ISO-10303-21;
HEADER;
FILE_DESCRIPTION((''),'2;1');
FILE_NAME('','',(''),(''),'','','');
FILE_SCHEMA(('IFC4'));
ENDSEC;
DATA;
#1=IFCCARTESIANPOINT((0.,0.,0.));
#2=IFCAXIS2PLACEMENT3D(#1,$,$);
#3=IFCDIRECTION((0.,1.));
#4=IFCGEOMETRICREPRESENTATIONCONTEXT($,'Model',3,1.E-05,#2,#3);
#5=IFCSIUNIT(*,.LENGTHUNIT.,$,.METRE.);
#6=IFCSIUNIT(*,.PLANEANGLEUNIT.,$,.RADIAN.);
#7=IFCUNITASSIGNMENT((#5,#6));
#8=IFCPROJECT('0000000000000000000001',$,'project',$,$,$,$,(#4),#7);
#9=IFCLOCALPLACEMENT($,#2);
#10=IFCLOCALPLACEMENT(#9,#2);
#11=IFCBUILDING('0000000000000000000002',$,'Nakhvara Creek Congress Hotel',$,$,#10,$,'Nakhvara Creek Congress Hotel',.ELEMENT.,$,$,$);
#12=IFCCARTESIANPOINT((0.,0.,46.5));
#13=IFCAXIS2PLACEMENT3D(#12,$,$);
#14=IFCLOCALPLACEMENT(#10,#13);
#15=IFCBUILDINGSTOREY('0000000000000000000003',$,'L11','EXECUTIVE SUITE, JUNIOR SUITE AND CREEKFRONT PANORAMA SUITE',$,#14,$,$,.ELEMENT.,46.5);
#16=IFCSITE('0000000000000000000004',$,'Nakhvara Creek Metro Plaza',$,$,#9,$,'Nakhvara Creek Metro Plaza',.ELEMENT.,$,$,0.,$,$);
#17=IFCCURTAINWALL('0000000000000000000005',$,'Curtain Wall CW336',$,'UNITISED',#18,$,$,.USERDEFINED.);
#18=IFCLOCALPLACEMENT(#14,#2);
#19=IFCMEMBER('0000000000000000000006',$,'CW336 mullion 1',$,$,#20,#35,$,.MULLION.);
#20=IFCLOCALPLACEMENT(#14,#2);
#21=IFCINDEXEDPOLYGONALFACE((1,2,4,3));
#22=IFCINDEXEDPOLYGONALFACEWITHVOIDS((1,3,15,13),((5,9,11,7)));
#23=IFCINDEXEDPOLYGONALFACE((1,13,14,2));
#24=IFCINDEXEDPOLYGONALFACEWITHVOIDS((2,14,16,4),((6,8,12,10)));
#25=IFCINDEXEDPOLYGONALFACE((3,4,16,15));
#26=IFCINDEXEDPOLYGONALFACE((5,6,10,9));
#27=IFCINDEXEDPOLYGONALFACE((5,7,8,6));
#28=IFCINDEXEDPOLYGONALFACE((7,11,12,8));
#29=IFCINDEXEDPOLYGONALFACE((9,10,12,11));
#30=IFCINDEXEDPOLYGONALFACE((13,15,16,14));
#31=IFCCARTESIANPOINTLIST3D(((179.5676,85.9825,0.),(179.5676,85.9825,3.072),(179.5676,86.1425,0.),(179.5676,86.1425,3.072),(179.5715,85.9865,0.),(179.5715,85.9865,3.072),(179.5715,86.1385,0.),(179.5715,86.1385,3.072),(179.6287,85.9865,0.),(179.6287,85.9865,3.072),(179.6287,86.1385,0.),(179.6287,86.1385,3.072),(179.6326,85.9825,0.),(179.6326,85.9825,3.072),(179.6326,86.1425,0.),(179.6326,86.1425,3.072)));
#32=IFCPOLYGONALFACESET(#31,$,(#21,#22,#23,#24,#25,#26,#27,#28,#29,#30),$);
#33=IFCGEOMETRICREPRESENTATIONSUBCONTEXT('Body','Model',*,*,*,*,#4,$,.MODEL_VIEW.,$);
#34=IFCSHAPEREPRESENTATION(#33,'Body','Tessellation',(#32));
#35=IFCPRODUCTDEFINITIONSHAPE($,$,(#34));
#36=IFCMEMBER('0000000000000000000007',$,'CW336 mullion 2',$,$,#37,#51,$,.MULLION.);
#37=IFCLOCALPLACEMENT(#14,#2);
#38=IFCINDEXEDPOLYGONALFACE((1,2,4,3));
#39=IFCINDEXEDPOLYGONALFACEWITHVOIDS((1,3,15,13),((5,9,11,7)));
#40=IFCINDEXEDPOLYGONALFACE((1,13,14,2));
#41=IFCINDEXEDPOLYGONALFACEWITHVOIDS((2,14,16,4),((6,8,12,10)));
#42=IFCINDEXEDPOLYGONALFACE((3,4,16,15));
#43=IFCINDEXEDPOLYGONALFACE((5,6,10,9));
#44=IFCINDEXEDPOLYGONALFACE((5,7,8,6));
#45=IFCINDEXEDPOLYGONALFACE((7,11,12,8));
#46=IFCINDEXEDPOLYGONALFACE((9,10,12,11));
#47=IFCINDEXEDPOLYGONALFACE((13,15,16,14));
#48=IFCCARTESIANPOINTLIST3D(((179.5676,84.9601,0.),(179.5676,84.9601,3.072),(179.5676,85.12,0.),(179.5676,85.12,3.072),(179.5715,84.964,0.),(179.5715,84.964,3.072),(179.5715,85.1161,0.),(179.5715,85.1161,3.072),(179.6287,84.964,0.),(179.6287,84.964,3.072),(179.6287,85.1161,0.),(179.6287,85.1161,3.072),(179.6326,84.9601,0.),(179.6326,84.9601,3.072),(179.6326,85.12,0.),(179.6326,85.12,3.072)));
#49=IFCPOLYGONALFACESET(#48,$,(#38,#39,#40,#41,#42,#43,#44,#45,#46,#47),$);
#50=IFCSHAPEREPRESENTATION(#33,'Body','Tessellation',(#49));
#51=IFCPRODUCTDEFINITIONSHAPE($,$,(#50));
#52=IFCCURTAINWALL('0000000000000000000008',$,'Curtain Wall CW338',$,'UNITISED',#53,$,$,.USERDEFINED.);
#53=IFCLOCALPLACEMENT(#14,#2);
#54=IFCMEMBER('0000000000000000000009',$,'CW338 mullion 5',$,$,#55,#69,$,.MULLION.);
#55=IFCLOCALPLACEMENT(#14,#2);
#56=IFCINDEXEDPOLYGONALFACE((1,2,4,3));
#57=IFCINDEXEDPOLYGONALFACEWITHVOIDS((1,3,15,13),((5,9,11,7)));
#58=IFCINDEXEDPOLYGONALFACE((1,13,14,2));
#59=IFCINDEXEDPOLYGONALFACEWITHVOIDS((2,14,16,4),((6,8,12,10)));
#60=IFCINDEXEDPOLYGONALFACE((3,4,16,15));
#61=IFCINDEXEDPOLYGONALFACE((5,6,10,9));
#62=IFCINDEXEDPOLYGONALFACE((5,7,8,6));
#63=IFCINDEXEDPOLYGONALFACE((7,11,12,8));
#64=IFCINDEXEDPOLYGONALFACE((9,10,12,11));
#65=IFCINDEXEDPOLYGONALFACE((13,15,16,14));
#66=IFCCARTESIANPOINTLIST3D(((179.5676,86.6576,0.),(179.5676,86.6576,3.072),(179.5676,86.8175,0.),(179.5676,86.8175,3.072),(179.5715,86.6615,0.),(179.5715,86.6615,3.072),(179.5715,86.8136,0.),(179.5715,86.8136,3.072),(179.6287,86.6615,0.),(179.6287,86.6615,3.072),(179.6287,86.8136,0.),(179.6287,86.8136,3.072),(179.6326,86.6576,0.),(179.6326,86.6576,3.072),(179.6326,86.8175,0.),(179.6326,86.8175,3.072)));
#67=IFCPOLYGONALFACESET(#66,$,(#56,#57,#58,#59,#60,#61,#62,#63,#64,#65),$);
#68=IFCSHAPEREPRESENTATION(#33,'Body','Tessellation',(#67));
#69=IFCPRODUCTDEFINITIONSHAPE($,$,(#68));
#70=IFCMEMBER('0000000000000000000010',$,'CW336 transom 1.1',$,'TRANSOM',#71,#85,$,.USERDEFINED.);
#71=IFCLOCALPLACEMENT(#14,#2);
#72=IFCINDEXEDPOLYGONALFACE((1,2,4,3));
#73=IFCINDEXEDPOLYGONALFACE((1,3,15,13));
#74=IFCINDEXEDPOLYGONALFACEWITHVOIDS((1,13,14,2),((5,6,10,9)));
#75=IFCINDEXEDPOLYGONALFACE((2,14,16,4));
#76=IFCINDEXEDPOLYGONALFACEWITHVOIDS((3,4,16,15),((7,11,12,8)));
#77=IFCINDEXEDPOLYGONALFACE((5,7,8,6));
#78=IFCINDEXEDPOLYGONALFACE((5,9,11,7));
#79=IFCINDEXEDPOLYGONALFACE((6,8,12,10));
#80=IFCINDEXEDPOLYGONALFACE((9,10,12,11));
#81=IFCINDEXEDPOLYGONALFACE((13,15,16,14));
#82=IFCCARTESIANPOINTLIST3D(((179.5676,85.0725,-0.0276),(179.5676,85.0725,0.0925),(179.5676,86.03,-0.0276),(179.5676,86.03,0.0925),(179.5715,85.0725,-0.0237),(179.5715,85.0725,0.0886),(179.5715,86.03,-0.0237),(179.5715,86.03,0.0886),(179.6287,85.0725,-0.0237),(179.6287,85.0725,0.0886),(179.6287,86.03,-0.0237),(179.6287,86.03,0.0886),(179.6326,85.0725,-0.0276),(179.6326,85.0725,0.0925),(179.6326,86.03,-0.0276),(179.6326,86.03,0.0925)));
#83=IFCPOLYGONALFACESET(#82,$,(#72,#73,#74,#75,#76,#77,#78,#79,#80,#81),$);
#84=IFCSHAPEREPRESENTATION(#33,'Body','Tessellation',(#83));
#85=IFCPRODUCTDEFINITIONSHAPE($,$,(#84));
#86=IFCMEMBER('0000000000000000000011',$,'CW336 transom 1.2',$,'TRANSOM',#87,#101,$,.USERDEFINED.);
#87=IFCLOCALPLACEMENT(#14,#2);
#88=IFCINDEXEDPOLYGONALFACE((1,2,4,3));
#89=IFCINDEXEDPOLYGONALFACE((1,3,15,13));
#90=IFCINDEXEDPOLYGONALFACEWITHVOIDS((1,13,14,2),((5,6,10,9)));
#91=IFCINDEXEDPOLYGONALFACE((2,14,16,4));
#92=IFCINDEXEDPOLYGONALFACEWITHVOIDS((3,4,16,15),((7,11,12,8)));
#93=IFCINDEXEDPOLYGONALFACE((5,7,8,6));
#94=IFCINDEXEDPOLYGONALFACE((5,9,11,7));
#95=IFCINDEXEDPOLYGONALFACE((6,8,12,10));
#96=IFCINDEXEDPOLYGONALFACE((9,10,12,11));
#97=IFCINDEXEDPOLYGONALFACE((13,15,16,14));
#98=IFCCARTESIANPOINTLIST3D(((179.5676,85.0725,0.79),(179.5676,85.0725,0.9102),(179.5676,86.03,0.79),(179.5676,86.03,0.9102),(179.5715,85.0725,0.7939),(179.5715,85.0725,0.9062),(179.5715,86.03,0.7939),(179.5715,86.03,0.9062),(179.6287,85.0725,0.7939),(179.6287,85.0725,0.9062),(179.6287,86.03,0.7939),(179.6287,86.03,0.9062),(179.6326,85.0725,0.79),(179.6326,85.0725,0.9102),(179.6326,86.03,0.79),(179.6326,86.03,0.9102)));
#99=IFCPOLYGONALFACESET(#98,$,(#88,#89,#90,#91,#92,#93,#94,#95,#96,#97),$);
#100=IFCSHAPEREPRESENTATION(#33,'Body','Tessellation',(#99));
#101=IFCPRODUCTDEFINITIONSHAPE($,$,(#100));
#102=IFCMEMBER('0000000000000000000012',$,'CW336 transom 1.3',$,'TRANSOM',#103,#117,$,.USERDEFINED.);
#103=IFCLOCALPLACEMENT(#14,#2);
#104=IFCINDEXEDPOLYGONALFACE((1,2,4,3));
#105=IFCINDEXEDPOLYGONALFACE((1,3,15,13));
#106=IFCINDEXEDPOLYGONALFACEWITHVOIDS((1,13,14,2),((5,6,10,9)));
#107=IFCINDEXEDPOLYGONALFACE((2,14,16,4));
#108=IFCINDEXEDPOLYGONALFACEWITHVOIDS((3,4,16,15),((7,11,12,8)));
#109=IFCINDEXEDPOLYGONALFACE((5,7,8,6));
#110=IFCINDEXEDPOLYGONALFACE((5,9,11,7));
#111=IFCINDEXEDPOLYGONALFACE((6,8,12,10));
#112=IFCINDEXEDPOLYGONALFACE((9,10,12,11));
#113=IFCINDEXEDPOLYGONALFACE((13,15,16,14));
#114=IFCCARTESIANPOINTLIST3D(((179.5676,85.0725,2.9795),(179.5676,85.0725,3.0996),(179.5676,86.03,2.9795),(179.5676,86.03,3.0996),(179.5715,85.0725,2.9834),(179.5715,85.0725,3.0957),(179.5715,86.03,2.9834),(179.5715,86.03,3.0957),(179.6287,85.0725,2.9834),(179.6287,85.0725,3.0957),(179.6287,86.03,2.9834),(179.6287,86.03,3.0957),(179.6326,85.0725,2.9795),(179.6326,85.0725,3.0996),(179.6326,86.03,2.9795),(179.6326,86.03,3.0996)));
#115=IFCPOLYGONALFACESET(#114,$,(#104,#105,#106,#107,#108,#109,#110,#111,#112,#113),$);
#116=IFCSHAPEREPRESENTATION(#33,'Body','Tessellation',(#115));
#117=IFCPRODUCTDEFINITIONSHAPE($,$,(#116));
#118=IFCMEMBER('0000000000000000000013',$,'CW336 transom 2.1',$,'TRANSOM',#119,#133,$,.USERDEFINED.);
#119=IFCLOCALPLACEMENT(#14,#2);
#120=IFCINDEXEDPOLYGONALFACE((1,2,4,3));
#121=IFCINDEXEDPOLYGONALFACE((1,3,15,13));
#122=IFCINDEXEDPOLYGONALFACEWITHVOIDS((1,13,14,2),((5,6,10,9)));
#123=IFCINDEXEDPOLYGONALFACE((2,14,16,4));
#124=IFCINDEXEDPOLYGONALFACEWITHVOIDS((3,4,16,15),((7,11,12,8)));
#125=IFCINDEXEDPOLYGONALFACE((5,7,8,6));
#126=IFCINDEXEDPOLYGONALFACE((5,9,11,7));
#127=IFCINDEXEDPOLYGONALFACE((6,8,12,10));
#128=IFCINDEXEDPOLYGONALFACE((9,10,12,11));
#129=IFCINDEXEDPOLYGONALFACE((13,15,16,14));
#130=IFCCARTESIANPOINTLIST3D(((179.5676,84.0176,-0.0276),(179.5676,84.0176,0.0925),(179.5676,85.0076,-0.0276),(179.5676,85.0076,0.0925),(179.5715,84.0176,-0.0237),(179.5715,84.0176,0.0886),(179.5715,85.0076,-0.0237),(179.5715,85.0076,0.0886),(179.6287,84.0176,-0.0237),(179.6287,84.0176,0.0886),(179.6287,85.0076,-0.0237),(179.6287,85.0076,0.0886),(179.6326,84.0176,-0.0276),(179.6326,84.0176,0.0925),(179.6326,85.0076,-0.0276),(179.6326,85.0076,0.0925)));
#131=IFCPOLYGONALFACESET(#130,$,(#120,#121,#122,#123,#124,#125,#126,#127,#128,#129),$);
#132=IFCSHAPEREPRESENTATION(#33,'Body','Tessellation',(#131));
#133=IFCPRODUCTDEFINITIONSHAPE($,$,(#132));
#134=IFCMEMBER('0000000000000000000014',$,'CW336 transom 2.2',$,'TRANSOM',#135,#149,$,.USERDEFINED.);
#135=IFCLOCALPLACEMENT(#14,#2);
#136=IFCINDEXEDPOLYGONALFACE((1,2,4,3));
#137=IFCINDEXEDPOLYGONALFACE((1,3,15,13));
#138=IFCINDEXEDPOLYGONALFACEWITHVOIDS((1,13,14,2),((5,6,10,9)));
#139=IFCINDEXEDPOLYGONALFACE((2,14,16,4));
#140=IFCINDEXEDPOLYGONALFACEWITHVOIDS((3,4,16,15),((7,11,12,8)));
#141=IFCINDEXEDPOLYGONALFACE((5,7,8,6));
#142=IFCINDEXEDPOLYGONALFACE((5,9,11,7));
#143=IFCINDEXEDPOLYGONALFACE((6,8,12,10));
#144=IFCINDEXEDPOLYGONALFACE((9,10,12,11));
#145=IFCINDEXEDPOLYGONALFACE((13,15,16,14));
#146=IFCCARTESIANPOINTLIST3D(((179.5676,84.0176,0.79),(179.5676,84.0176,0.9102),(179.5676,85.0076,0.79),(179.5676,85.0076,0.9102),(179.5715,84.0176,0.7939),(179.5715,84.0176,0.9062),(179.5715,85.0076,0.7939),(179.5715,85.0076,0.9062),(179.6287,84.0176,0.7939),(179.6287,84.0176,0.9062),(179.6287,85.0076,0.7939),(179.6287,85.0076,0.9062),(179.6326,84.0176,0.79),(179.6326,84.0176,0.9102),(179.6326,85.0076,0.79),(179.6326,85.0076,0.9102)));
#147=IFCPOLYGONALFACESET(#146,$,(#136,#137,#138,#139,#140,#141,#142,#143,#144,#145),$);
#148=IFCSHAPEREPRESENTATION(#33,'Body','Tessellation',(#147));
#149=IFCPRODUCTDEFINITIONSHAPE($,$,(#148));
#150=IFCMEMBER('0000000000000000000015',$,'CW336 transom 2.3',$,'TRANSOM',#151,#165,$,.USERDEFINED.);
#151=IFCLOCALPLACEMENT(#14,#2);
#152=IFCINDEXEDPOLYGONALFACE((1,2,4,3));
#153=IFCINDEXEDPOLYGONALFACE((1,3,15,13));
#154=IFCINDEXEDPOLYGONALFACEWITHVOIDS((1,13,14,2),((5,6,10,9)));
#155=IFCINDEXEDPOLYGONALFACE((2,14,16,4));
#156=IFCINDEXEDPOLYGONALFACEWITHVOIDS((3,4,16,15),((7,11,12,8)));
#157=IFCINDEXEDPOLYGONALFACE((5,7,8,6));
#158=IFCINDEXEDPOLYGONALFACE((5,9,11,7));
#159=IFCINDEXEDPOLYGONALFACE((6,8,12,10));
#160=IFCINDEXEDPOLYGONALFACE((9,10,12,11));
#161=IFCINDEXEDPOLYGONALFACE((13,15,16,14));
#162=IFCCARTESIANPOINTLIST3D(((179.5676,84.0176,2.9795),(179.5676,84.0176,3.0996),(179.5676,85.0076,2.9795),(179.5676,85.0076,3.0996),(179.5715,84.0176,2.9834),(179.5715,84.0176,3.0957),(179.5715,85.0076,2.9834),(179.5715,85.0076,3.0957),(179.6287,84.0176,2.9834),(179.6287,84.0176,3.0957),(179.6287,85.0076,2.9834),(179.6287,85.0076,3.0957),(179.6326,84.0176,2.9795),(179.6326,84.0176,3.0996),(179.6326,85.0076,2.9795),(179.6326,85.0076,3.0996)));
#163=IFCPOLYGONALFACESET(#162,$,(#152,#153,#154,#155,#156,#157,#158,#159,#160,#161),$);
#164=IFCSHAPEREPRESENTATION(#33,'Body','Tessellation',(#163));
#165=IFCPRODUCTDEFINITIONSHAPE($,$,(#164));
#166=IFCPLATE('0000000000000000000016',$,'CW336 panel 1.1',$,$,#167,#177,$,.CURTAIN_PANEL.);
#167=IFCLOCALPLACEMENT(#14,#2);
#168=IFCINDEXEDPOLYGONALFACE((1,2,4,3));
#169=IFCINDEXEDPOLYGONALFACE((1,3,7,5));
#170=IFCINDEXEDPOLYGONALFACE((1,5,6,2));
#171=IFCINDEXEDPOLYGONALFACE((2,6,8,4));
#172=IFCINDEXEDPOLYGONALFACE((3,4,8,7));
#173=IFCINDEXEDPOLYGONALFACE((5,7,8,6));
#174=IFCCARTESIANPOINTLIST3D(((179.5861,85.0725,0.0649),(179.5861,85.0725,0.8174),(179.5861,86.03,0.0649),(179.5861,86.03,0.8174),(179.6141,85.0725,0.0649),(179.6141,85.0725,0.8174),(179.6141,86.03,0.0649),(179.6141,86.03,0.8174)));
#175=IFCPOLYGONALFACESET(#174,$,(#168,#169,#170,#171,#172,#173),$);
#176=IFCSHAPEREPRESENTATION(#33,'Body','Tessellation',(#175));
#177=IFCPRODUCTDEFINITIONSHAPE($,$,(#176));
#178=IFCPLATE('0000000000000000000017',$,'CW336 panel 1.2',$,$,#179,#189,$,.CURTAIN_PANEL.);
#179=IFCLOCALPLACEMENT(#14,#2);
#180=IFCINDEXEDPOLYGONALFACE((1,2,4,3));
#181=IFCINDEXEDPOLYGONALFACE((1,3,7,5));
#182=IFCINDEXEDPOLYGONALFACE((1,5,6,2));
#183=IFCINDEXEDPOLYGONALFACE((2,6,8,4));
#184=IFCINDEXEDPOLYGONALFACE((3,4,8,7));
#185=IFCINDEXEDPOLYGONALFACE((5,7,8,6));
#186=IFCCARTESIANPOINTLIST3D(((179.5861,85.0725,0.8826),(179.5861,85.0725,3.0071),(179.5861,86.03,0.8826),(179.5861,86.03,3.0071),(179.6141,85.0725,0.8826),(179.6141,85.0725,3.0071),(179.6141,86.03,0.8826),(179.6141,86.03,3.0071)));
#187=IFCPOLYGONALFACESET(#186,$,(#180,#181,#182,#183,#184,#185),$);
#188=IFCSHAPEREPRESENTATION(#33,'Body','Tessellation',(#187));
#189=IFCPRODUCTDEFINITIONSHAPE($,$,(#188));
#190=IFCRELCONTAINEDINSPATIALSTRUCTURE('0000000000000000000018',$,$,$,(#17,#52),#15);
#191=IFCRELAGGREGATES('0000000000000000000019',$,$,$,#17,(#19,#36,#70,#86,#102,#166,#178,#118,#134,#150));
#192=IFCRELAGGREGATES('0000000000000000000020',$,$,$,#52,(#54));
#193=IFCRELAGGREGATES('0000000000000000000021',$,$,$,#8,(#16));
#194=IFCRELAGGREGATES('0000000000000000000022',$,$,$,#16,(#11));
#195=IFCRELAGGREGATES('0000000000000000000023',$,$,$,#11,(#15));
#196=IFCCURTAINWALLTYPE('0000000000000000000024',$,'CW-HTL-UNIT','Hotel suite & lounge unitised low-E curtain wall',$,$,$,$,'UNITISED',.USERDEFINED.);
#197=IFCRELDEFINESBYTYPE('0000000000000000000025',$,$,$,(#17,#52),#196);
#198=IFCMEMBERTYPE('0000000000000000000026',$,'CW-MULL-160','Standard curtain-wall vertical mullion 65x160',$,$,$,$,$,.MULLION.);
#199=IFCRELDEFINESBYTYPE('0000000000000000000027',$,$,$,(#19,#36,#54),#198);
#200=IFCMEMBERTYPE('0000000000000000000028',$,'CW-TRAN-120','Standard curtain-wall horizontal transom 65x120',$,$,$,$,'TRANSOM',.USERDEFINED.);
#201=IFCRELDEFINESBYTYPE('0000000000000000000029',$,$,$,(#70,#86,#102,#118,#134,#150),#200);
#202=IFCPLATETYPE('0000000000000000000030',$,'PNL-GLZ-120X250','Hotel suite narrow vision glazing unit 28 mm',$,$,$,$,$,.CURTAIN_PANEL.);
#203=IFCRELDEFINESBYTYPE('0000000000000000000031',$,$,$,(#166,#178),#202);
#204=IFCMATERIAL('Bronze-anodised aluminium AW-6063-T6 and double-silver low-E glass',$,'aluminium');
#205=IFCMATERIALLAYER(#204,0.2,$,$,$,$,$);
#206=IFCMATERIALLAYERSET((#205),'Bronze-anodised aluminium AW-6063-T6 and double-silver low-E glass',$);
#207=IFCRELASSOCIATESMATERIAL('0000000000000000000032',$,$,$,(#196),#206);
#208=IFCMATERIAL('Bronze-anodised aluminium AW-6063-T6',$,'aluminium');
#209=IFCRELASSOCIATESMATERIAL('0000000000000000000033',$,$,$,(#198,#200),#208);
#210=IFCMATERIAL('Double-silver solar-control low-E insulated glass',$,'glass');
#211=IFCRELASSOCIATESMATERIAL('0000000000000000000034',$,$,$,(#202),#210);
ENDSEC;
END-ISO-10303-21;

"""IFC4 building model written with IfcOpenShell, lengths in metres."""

from ifc_helpers import new_model, si_unit, direction, frame, origin, origin_2d, place, context, subcontext, project, spatial, rectangle, hollow_rectangle, extrude, material, layer, layer_set, material_profile, profile_set, type_object, element, aggregate, save


model = new_model("IFC4")

# Units and contexts
model_context = context("Model", 3, precision=1e-05, world=origin(), true_north=direction((0.0, 1.0)))
body_context = subcontext(model_context, "Body", "Model", "MODEL_VIEW")
ifc_project = project(units=[si_unit("LENGTHUNIT", "METRE"), si_unit("PLANEANGLEUNIT", "RADIAN")], contexts=[model_context])

# Site, building, storey
site_placement = place(None, origin())
site = spatial("IfcSite", under=ifc_project, at=site_placement, Name="Nakhvara Creek Metro Plaza", LongName="Nakhvara Creek Metro Plaza", CompositionType="ELEMENT", RefElevation=0.0)
building_placement = place(site_placement, origin())
building = spatial("IfcBuilding", under=site, at=building_placement, Name="Nakhvara Creek Congress Hotel", LongName="Nakhvara Creek Congress Hotel", CompositionType="ELEMENT")
storey_placement = place(building_placement, frame((0.0, 0.0, 46.5)))
storey = spatial("IfcBuildingStorey", under=building, at=storey_placement, Name="L11", Description="EXECUTIVE SUITE, JUNIOR SUITE AND CREEKFRONT PANORAMA SUITE", CompositionType="ELEMENT", Elevation=46.5)

# Curtain wall, members
ifc_material_1 = material(Name="Bronze-anodised aluminium AW-6063-T6 and double-silver low-E glass", Category="aluminium")
ifc_layer_1 = layer(ifc_material_1, 0.2)
ifc_layer_set_1 = layer_set([ifc_layer_1], Name="Bronze-anodised aluminium AW-6063-T6 and double-silver low-E glass")
curtain_wall_type = type_object("IfcCurtainWallType", Name="CW-HTL-UNIT", Description="Hotel suite & lounge unitised low-E curtain wall", ElementType="UNITISED", PredefinedType="USERDEFINED", material=ifc_layer_set_1)
curtain_wall_1_placement = place(storey_placement, origin())
curtain_wall_1 = element("IfcCurtainWall", 1, at=curtain_wall_1_placement, inside=storey, type_object=curtain_wall_type, Name="Curtain Wall CW336", ObjectType="UNITISED", PredefinedType="USERDEFINED")
ifc_material_2 = material(Name="Bronze-anodised aluminium AW-6063-T6", Category="aluminium")
ifc_material_profile_1 = material_profile(ifc_material_2, hollow_rectangle(XDim=0.0649, YDim=0.1599, WallThickness=0.0039, at=origin_2d()), Name="ALU-MULL 65x160x4", Category="LoadBearing")
ifc_profile_set_1 = profile_set([ifc_material_profile_1], Name="Bronze-anodised aluminium AW-6063-T6")
member_type_1 = type_object("IfcMemberType", Name="CW-MULL-160", Description="Standard curtain-wall vertical mullion 65x160", PredefinedType="MULLION", material=ifc_profile_set_1)
member_1_placement = place(storey_placement, frame((179.6001, 86.0625, 0.0), z_axis=(0.0, 0.0, 1.0), x_axis=(1.0, 0.0, 0.0)))
member_1 = element("IfcMember", 2, at=member_1_placement, type_object=member_type_1, Name="CW336 mullion 1", PredefinedType="MULLION", context=body_context, shape_type="SweptSolid", body=[
    extrude(hollow_rectangle(XDim=0.0649, YDim=0.1599, WallThickness=0.0039, at=origin_2d()), origin(), (0.0, 0.0, 1.0), 3.072),
])
member_2_placement = place(storey_placement, frame((179.6001, 85.04, 0.0), z_axis=(0.0, 0.0, 1.0), x_axis=(1.0, 0.0, 0.0)))
member_2 = element("IfcMember", 3, at=member_2_placement, type_object=member_type_1, Name="CW336 mullion 2", PredefinedType="MULLION", context=body_context, shape_type="SweptSolid", body=[
    extrude(hollow_rectangle(XDim=0.0649, YDim=0.1599, WallThickness=0.0039, at=origin_2d()), origin(), (0.0, 0.0, 1.0), 3.072),
])

# Curtain wall, member
curtain_wall_2_placement = place(storey_placement, origin())
curtain_wall_2 = element("IfcCurtainWall", 4, at=curtain_wall_2_placement, inside=storey, type_object=curtain_wall_type, Name="Curtain Wall CW338", ObjectType="UNITISED", PredefinedType="USERDEFINED")
member_3_placement = place(storey_placement, frame((179.6001, 86.7375, 0.0), z_axis=(0.0, 0.0, 1.0), x_axis=(1.0, 0.0, 0.0)))
member_3 = element("IfcMember", 5, at=member_3_placement, type_object=member_type_1, Name="CW338 mullion 5", PredefinedType="MULLION", context=body_context, shape_type="SweptSolid", body=[
    extrude(hollow_rectangle(XDim=0.0649, YDim=0.1599, WallThickness=0.0039, at=origin_2d()), origin(), (0.0, 0.0, 1.0), 3.072),
])

# Members
ifc_material_profile_2 = material_profile(ifc_material_2, hollow_rectangle(XDim=0.0649, YDim=0.1201, WallThickness=0.0039, at=origin_2d()), Name="ALU-TRAN 65x120x4", Category="LoadBearing")
ifc_profile_set_2 = profile_set([ifc_material_profile_2], Name="Bronze-anodised aluminium AW-6063-T6")
member_type_2 = type_object("IfcMemberType", Name="CW-TRAN-120", Description="Standard curtain-wall horizontal transom 65x120", ElementType="TRANSOM", PredefinedType="USERDEFINED", material=ifc_profile_set_2)
member_4_placement = place(storey_placement, frame((179.6001, 86.03, 0.0325), z_axis=(0.0, -1.0, 0.0), x_axis=(1.0, 0.0, 0.0)))
member_4 = element("IfcMember", 6, at=member_4_placement, type_object=member_type_2, Name="CW336 transom 1.1", ObjectType="TRANSOM", PredefinedType="USERDEFINED", context=body_context, shape_type="SweptSolid", body=[
    extrude(hollow_rectangle(XDim=0.0649, YDim=0.1201, WallThickness=0.0039, at=origin_2d()), origin(), (0.0, 0.0, 1.0), 0.9575),
])
member_5_placement = place(storey_placement, frame((179.6001, 86.03, 0.8501), z_axis=(0.0, -1.0, 0.0), x_axis=(1.0, 0.0, 0.0)))
member_5 = element("IfcMember", 7, at=member_5_placement, type_object=member_type_2, Name="CW336 transom 1.2", ObjectType="TRANSOM", PredefinedType="USERDEFINED", context=body_context, shape_type="SweptSolid", body=[
    extrude(hollow_rectangle(XDim=0.0649, YDim=0.1201, WallThickness=0.0039, at=origin_2d()), origin(), (0.0, 0.0, 1.0), 0.9575),
])
member_6_placement = place(storey_placement, frame((179.6001, 86.03, 3.0396), z_axis=(0.0, -1.0, 0.0), x_axis=(1.0, 0.0, 0.0)))
member_6 = element("IfcMember", 8, at=member_6_placement, type_object=member_type_2, Name="CW336 transom 1.3", ObjectType="TRANSOM", PredefinedType="USERDEFINED", context=body_context, shape_type="SweptSolid", body=[
    extrude(hollow_rectangle(XDim=0.0649, YDim=0.1201, WallThickness=0.0039, at=origin_2d()), origin(), (0.0, 0.0, 1.0), 0.9575),
])
member_7_placement = place(storey_placement, frame((179.6001, 85.0076, 0.0325), z_axis=(0.0, -1.0, 0.0), x_axis=(1.0, 0.0, 0.0)))
member_7 = element("IfcMember", 9, at=member_7_placement, type_object=member_type_2, Name="CW336 transom 2.1", ObjectType="TRANSOM", PredefinedType="USERDEFINED", context=body_context, shape_type="SweptSolid", body=[
    extrude(hollow_rectangle(XDim=0.0649, YDim=0.1201, WallThickness=0.0039, at=origin_2d()), origin(), (0.0, 0.0, 1.0), 0.99),
])
member_8_placement = place(storey_placement, frame((179.6001, 85.0076, 0.8501), z_axis=(0.0, -1.0, 0.0), x_axis=(1.0, 0.0, 0.0)))
member_8 = element("IfcMember", 10, at=member_8_placement, type_object=member_type_2, Name="CW336 transom 2.2", ObjectType="TRANSOM", PredefinedType="USERDEFINED", context=body_context, shape_type="SweptSolid", body=[
    extrude(hollow_rectangle(XDim=0.0649, YDim=0.1201, WallThickness=0.0039, at=origin_2d()), origin(), (0.0, 0.0, 1.0), 0.99),
])
member_9_placement = place(storey_placement, frame((179.6001, 85.0076, 3.0396), z_axis=(0.0, -1.0, 0.0), x_axis=(1.0, 0.0, 0.0)))
member_9 = element("IfcMember", 11, at=member_9_placement, type_object=member_type_2, Name="CW336 transom 2.3", ObjectType="TRANSOM", PredefinedType="USERDEFINED", context=body_context, shape_type="SweptSolid", body=[
    extrude(hollow_rectangle(XDim=0.0649, YDim=0.1201, WallThickness=0.0039, at=origin_2d()), origin(), (0.0, 0.0, 1.0), 0.99),
])

# Plates
ifc_material_3 = material(Name="Double-silver solar-control low-E insulated glass", Category="glass")
plate_type = type_object("IfcPlateType", Name="PNL-GLZ-120X250", Description="Hotel suite narrow vision glazing unit 28 mm", PredefinedType="CURTAIN_PANEL", material=ifc_material_3)
plate_1_placement = place(storey_placement, frame((179.6001, 85.5513, 0.0649), z_axis=(0.0, 0.0, 1.0), x_axis=(0.0, -1.0, 0.0)))
plate_1 = element("IfcPlate", 12, at=plate_1_placement, type_object=plate_type, Name="CW336 panel 1.1", PredefinedType="CURTAIN_PANEL", context=body_context, shape_type="SweptSolid", body=[
    extrude(rectangle(XDim=0.9575, YDim=0.0281, at=origin_2d()), origin(), (0.0, 0.0, 1.0), 0.7524),
])
plate_2_placement = place(storey_placement, frame((179.6001, 85.5513, 0.8826), z_axis=(0.0, 0.0, 1.0), x_axis=(0.0, -1.0, 0.0)))
plate_2 = element("IfcPlate", 13, at=plate_2_placement, type_object=plate_type, Name="CW336 panel 1.2", PredefinedType="CURTAIN_PANEL", context=body_context, shape_type="SweptSolid", body=[
    extrude(rectangle(XDim=0.9575, YDim=0.0281, at=origin_2d()), origin(), (0.0, 0.0, 1.0), 2.1245),
])
aggregate(curtain_wall_1, [member_1, member_2, member_4, member_5, member_6, plate_1, plate_2, member_7, member_8, member_9])
aggregate(curtain_wall_2, [member_3])

save(model, "model.ifc")
